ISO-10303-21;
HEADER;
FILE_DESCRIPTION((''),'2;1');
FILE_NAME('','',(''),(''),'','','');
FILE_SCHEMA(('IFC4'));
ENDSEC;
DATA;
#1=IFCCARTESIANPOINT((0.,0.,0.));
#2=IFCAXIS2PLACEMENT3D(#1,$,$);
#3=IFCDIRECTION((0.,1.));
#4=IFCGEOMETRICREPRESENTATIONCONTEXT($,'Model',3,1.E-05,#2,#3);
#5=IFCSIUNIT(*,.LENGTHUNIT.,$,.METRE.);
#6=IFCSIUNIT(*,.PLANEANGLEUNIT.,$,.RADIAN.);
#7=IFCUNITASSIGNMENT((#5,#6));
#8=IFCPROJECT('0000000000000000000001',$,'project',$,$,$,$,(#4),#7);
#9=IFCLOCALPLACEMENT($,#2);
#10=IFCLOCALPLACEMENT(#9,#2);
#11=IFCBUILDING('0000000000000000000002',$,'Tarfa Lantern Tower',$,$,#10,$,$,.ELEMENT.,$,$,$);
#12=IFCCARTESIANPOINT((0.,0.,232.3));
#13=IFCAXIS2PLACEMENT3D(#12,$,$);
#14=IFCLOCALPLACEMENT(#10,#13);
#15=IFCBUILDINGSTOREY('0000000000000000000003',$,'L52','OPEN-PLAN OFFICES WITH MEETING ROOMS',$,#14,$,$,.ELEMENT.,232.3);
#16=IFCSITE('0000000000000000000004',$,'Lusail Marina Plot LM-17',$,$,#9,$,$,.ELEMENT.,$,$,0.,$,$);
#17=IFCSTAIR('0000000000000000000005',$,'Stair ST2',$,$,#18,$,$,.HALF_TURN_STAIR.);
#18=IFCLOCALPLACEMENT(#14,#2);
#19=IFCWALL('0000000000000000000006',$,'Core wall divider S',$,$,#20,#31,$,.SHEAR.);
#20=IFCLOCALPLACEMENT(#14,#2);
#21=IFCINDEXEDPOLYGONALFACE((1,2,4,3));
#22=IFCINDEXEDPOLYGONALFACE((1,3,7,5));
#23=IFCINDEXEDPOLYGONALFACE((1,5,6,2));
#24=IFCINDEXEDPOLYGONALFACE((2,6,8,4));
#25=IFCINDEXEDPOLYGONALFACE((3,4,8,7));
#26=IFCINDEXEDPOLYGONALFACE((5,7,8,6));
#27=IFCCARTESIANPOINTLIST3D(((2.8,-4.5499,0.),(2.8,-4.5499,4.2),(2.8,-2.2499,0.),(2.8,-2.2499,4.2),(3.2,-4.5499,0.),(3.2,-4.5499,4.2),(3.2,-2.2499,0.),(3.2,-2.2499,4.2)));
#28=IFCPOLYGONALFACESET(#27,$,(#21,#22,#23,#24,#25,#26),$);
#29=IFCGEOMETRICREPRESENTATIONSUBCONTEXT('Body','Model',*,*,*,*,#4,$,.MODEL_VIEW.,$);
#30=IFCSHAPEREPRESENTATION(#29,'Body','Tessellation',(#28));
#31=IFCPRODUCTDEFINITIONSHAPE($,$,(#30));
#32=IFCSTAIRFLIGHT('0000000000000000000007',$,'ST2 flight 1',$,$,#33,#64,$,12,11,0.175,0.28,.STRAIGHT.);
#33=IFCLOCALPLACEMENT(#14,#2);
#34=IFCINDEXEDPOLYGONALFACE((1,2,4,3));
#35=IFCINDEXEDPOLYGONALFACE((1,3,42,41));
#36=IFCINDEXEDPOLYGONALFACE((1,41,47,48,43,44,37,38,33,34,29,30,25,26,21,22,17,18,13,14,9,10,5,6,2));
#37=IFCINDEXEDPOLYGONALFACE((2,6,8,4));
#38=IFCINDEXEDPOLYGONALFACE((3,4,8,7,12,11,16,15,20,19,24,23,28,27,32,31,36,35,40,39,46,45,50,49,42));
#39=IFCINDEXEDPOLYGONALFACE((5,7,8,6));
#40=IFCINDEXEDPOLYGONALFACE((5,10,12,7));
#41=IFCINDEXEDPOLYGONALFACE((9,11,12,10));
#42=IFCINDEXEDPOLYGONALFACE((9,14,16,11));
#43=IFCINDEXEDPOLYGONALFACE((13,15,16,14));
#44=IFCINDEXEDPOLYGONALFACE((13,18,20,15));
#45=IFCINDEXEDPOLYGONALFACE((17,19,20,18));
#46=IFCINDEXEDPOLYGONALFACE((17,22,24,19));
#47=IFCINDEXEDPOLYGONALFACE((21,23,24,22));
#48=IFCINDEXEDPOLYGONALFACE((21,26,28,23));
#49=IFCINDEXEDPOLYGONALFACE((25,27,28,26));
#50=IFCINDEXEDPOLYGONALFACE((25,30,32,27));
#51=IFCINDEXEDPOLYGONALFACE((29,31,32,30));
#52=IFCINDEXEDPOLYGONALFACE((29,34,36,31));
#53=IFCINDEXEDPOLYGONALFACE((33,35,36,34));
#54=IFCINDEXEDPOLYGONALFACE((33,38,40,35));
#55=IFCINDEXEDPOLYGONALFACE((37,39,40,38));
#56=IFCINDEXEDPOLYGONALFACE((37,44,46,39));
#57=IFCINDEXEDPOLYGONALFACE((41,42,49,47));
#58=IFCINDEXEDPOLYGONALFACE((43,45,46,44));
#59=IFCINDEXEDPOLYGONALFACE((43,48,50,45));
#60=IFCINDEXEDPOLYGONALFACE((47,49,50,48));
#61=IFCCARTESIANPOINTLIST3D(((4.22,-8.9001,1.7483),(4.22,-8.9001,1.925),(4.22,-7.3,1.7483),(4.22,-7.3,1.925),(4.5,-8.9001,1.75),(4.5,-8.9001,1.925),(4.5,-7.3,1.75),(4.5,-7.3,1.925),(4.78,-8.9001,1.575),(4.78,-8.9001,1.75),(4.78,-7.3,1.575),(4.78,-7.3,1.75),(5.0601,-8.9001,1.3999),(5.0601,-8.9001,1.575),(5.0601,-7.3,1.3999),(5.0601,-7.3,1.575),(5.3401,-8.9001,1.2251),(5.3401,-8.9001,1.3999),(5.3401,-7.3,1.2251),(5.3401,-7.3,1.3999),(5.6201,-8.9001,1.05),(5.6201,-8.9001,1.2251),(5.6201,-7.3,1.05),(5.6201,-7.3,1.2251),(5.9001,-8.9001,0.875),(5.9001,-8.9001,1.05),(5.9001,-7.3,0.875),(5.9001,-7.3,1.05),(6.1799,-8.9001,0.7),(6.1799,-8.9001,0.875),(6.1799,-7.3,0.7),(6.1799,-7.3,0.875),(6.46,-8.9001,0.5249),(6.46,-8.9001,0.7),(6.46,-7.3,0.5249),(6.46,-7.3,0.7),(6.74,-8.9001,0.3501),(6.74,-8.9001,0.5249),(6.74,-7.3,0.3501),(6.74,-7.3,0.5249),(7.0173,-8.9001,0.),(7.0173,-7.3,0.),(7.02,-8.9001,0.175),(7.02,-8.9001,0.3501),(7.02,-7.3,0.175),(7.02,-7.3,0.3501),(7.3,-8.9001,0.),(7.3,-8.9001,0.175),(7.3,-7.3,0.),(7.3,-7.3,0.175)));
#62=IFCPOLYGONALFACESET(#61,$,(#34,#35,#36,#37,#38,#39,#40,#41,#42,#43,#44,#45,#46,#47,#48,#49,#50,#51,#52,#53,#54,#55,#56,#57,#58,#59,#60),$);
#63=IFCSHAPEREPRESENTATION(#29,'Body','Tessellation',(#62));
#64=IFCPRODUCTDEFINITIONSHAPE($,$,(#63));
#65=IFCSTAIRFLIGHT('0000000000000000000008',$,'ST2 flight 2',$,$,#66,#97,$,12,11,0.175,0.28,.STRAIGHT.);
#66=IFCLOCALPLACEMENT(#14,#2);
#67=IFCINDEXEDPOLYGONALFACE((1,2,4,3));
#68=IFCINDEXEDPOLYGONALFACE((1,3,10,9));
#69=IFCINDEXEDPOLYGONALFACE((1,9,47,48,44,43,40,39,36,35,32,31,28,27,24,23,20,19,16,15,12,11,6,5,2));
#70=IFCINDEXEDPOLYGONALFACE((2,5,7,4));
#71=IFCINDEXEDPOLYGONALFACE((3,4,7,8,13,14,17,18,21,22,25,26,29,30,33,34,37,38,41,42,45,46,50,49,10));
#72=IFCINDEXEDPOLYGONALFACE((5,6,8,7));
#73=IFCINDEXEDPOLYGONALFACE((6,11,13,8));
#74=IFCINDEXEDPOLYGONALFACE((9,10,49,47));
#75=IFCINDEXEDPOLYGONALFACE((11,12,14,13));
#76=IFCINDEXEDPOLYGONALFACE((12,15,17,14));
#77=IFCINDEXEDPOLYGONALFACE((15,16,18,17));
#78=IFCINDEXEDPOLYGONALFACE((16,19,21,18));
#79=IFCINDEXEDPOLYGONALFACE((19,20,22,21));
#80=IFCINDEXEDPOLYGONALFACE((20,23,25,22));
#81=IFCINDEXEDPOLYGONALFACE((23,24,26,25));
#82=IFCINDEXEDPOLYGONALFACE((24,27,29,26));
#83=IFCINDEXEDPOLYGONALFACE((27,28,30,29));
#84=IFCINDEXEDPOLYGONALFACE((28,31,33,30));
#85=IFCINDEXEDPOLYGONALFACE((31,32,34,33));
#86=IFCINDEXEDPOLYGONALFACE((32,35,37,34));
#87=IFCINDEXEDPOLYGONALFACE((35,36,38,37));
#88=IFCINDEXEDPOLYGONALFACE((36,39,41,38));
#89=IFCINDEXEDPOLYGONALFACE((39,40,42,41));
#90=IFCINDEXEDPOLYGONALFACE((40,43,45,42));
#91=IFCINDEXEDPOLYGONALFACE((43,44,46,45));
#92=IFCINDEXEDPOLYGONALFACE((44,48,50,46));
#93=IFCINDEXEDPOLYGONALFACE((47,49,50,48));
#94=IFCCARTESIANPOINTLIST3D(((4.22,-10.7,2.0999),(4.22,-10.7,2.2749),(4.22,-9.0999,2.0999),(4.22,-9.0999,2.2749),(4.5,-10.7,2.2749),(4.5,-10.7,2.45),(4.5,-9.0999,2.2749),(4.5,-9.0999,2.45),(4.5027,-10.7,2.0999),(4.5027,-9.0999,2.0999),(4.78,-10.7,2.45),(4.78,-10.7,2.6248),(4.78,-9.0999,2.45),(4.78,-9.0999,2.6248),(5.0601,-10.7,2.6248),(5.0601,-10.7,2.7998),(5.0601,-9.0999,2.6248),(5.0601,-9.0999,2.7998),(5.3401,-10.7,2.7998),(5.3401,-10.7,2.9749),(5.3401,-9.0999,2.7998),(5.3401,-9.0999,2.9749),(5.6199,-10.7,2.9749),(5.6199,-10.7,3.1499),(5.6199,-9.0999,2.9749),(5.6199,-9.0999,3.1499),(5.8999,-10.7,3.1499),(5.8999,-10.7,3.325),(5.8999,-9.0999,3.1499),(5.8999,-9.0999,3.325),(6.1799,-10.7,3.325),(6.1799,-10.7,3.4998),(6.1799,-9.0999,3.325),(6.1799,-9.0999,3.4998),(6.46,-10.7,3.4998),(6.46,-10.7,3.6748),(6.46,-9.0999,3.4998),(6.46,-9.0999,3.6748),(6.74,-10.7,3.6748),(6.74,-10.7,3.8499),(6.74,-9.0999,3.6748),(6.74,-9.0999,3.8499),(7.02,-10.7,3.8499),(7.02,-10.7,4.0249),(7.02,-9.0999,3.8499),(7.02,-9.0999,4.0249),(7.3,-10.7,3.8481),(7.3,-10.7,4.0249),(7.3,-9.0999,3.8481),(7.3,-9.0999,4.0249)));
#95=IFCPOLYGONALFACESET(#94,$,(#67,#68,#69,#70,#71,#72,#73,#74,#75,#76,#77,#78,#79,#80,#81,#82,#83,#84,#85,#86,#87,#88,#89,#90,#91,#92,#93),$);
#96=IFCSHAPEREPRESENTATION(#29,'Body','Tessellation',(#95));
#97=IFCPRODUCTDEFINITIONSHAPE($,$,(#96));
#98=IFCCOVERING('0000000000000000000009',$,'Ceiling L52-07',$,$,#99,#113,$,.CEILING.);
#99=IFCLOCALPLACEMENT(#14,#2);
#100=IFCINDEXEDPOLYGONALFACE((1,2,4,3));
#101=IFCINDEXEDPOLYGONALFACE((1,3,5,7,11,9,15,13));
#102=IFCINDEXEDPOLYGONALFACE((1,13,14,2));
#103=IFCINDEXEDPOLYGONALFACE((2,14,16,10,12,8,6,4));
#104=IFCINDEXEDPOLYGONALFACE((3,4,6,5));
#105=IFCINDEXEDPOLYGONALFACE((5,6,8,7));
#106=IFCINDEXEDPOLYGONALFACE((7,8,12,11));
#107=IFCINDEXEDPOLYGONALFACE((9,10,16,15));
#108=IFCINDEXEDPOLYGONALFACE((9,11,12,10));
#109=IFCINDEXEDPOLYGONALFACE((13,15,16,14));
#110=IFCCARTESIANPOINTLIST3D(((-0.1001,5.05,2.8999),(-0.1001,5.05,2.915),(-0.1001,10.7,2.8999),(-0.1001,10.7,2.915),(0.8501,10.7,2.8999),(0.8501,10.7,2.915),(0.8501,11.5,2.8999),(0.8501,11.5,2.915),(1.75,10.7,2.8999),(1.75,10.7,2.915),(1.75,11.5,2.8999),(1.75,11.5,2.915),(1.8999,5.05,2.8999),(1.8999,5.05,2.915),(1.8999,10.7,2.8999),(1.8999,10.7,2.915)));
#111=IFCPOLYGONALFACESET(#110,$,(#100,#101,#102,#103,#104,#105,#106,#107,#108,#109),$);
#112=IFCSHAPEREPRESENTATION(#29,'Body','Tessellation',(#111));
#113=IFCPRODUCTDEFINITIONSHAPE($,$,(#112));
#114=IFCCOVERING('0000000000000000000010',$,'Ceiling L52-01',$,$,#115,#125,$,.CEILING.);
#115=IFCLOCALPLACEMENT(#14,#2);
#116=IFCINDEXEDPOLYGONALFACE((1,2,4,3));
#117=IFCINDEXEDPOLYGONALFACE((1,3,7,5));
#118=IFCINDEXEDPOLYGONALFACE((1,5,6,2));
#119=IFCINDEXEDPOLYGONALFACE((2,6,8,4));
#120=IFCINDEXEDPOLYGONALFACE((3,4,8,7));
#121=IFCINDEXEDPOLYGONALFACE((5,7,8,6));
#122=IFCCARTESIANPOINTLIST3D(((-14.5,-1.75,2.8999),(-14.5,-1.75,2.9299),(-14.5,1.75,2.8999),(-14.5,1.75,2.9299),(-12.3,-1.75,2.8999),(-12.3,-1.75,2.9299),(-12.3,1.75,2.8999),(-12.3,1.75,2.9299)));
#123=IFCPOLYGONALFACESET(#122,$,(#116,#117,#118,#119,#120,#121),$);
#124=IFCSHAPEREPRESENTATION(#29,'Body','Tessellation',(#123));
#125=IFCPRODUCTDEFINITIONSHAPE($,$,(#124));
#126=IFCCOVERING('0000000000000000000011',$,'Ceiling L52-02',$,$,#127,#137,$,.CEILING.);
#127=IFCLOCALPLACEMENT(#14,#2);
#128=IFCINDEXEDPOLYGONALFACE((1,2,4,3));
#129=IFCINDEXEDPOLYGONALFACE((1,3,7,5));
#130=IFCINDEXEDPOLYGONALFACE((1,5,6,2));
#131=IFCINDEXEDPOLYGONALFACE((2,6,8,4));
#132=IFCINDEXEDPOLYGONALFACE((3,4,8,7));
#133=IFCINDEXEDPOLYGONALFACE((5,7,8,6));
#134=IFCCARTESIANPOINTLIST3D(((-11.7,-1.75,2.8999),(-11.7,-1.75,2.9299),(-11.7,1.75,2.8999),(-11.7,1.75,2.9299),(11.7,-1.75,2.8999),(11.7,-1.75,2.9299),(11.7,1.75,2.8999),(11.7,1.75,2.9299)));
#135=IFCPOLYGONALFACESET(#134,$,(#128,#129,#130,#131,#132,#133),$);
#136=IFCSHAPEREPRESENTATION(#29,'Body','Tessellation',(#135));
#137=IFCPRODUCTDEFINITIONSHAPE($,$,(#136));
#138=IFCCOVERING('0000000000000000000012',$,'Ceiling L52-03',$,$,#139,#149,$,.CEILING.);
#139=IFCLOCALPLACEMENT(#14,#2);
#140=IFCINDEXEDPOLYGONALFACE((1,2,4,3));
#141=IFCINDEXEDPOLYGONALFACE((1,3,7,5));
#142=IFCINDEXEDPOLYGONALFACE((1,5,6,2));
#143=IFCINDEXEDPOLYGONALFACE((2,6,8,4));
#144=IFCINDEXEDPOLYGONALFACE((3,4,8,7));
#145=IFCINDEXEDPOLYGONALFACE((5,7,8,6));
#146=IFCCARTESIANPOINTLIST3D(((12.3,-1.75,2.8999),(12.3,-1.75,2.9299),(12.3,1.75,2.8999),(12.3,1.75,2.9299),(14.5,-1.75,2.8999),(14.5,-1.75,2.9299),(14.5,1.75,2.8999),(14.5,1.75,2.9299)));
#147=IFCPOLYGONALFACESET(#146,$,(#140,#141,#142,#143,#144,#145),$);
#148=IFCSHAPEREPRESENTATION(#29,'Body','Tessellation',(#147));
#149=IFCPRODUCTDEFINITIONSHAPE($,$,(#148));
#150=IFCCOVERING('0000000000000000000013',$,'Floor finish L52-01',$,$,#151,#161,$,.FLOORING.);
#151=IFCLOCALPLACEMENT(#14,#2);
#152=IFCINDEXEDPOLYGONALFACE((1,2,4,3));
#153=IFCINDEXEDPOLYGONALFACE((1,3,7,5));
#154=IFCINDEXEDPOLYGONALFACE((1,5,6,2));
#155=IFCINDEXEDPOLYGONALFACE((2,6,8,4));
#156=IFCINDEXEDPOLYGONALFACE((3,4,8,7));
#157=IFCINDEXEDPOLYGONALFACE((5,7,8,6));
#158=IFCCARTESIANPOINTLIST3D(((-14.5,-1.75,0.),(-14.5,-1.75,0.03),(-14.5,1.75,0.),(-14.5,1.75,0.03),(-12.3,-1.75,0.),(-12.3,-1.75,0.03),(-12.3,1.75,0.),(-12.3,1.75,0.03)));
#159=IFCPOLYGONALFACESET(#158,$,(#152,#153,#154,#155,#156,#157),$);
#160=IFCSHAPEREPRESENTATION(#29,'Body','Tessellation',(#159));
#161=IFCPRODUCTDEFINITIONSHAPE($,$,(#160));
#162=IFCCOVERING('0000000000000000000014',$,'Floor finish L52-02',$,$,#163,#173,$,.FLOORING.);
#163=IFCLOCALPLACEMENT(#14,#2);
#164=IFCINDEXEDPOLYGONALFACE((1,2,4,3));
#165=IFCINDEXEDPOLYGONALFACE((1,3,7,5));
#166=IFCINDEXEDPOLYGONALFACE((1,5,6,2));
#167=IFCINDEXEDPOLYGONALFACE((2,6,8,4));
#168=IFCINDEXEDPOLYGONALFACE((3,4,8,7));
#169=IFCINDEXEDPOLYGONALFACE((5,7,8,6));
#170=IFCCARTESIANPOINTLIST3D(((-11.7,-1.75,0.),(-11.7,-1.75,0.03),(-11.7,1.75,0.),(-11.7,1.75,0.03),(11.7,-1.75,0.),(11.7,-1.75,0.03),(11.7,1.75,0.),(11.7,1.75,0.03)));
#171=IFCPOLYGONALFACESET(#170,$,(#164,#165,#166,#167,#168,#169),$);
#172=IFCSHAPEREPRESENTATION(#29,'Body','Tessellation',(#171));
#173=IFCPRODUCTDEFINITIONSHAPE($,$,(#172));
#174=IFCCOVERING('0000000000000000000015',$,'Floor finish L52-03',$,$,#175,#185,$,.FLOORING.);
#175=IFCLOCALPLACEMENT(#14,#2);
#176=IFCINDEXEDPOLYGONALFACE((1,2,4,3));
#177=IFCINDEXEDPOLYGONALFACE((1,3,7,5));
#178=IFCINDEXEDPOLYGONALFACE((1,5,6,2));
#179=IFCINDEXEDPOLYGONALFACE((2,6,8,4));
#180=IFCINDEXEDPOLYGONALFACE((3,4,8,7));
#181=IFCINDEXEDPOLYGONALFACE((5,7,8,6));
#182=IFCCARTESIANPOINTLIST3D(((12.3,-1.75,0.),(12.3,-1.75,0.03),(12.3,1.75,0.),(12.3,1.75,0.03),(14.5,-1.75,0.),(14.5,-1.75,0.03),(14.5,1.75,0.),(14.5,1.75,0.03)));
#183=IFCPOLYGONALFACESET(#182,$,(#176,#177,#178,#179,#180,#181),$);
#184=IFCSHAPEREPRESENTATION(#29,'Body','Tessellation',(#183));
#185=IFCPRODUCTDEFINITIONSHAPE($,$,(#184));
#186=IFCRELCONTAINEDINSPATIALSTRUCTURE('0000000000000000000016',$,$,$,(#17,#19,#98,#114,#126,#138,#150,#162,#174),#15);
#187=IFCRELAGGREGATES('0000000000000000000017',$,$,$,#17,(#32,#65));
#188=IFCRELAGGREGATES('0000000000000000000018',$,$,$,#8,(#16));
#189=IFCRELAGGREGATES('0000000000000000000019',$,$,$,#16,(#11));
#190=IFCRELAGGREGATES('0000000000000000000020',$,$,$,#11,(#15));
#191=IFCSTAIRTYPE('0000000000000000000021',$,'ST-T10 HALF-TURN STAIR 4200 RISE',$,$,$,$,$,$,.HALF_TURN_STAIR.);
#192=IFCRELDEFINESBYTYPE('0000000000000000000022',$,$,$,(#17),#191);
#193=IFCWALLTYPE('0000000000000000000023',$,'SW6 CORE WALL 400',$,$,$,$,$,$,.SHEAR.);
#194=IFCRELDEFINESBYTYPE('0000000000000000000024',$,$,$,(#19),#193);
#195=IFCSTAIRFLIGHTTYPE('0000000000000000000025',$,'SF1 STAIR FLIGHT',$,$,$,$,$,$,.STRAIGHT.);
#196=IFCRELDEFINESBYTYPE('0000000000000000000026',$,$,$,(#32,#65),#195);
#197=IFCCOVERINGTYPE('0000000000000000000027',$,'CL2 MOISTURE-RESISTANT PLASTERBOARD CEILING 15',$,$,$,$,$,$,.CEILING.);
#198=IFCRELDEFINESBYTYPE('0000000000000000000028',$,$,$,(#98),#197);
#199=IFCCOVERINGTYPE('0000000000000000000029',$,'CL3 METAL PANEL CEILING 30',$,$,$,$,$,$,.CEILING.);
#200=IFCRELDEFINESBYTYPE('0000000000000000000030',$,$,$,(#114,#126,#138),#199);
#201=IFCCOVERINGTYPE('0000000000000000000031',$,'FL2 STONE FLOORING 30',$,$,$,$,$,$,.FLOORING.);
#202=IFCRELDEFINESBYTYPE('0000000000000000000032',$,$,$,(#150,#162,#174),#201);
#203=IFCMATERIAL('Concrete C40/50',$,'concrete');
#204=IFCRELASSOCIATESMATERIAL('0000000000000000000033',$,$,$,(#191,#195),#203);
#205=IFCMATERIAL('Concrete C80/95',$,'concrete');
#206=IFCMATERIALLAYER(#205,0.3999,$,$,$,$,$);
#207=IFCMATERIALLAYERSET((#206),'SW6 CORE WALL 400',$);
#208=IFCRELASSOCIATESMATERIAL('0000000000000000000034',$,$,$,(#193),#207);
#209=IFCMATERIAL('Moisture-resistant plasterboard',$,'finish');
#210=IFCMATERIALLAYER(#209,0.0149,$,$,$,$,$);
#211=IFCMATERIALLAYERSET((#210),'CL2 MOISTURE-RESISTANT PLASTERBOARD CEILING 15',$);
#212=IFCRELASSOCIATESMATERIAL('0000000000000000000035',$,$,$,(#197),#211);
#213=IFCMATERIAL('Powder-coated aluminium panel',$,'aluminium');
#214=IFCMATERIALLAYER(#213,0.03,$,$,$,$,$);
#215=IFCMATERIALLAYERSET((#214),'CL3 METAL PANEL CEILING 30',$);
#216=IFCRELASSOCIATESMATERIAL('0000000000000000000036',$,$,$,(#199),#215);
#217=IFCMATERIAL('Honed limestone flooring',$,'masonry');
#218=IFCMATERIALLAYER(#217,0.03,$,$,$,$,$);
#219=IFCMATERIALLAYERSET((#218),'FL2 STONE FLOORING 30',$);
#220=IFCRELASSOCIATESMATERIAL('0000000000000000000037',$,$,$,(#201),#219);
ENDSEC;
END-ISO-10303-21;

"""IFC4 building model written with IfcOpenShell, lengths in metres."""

from ifc_helpers import new_model, si_unit, direction, frame, frame_2d, origin, place, context, subcontext, project, spatial, polyline, rectangle, outline, extrude, material, layer, layer_set, type_object, element, aggregate, save


model = new_model("IFC4")

# Units and contexts
model_context = context("Model", 3, precision=1e-05, world=origin(), true_north=direction((0.0, 1.0)))
body_context = subcontext(model_context, "Body", "Model", "MODEL_VIEW")
ifc_project = project(units=[si_unit("LENGTHUNIT", "METRE"), si_unit("PLANEANGLEUNIT", "RADIAN")], contexts=[model_context])

# Site, building, storey
site_placement = place(None, origin())
site = spatial("IfcSite", under=ifc_project, at=site_placement, Name="Lusail Marina Plot LM-17", CompositionType="ELEMENT", RefElevation=0.0)
building_placement = place(site_placement, origin())
building = spatial("IfcBuilding", under=site, at=building_placement, Name="Tarfa Lantern Tower", CompositionType="ELEMENT")
storey_placement = place(building_placement, frame((0.0, 0.0, 232.3)))
storey = spatial("IfcBuildingStorey", under=building, at=storey_placement, Name="L52", Description="OPEN-PLAN OFFICES WITH MEETING ROOMS", CompositionType="ELEMENT", Elevation=232.3)

# Stair
ifc_material_1 = material(Name="Concrete C40/50", Category="concrete")
stair_type = type_object("IfcStairType", Name="ST-T10 HALF-TURN STAIR 4200 RISE", PredefinedType="HALF_TURN_STAIR", material=ifc_material_1)
stair_1_placement = place(storey_placement, origin())
stair_1 = element("IfcStair", 1, at=stair_1_placement, inside=storey, type_object=stair_type, Name="Stair ST2", PredefinedType="HALF_TURN_STAIR")

# Shared definitions
ifc_material_2 = material(Name="Concrete C80/95", Category="concrete")

# Wall
ifc_layer_1 = layer(ifc_material_2, 0.3999)
ifc_layer_set_1 = layer_set([ifc_layer_1], Name="SW6 CORE WALL 400")
wall_type_1 = type_object("IfcWallType", Name="SW6 CORE WALL 400", PredefinedType="SHEAR", material=ifc_layer_set_1)
for number, where, z_axis, x_axis, name in (
    (2, (3.0, -2.25, 0.0), (0.0, 0.0, 1.0), (0.0, -1.0, 0.0), "Core wall divider S"),
):
    element("IfcWall", number, at=place(storey_placement, frame(where, z_axis=z_axis, x_axis=x_axis)), inside=storey, type_object=wall_type_1, Name=name, PredefinedType="SHEAR", context=body_context, shape_type="SweptSolid", body=[
        extrude(rectangle(XDim=2.3, YDim=0.3999, at=frame_2d((1.1499, 0.0))), origin(), (0.0, 0.0, 1.0), 4.2),
    ])

# Stair flights
stair_flight_type = type_object("IfcStairFlightType", Name="SF1 STAIR FLIGHT", PredefinedType="STRAIGHT", material=ifc_material_1)
stair_flight_1_placement = place(storey_placement, frame((7.3, -8.1001, 0.0), z_axis=(0.0, 0.0, 1.0), x_axis=(-1.0, 0.0, 0.0)))
stair_flight_1 = element("IfcStairFlight", 3, at=stair_flight_1_placement, type_object=stair_flight_type, Name="ST2 flight 1", NumberOfRisers=12, NumberOfTreads=11, PredefinedType="STRAIGHT", RiserHeight=0.175, TreadLength=0.28, context=body_context, shape_type="SweptSolid", body=[
    extrude(outline(polyline([(0.0, 0.0), (0.0, 0.175), (0.28, 0.175), (0.28, 0.3501), (0.5601, 0.3501), (0.5601, 0.5249), (0.8401, 0.5249), (0.8401, 0.7), (1.1201, 0.7), (1.1201, 0.875), (1.3999, 0.875), (1.3999, 1.05), (1.6799, 1.05), (1.6799, 1.2251), (1.96, 1.2251), (1.96, 1.3999), (2.24, 1.3999), (2.24, 1.575), (2.52, 1.575), (2.52, 1.75), (2.8, 1.75), (2.8, 1.925), (3.0801, 1.925), (3.0801, 2.1001), (3.0801, 1.7483), (0.2827, 0.0), (0.0, 0.0)])), frame((0.0, 0.8, 0.0), z_axis=(0.0, -1.0, 0.0), x_axis=(1.0, 0.0, 0.0)), (0.0, 0.0, 1.0), 1.6001),
])
stair_flight_2_placement = place(storey_placement, frame((4.22, -9.8999, 2.0999), z_axis=(0.0, 0.0, 1.0), x_axis=(1.0, 0.0, 0.0)))
stair_flight_2 = element("IfcStairFlight", 4, at=stair_flight_2_placement, type_object=stair_flight_type, Name="ST2 flight 2", NumberOfRisers=12, NumberOfTreads=11, PredefinedType="STRAIGHT", RiserHeight=0.175, TreadLength=0.28, context=body_context, shape_type="SweptSolid", body=[
    extrude(outline(polyline([(0.0, 0.0), (0.0, 0.175), (0.28, 0.175), (0.28, 0.3501), (0.5601, 0.3501), (0.5601, 0.5249), (0.8401, 0.5249), (0.8401, 0.7), (1.1201, 0.7), (1.1201, 0.875), (1.3999, 0.875), (1.3999, 1.05), (1.6799, 1.05), (1.6799, 1.2251), (1.96, 1.2251), (1.96, 1.3999), (2.24, 1.3999), (2.24, 1.575), (2.52, 1.575), (2.52, 1.75), (2.8, 1.75), (2.8, 1.925), (3.0801, 1.925), (3.0801, 2.1001), (3.0801, 1.7483), (0.2827, 0.0), (0.0, 0.0)])), frame((0.0, 0.8, 0.0), z_axis=(0.0, -1.0, 0.0), x_axis=(1.0, 0.0, 0.0)), (0.0, 0.0, 1.0), 1.6001),
])
aggregate(stair_1, [stair_flight_1, stair_flight_2])

# Coverings
ifc_material_3 = material(Name="Moisture-resistant plasterboard", Category="finish")
ifc_layer_2 = layer(ifc_material_3, 0.0149)
ifc_layer_set_2 = layer_set([ifc_layer_2], Name="CL2 MOISTURE-RESISTANT PLASTERBOARD CEILING 15")
covering_type_1 = type_object("IfcCoveringType", Name="CL2 MOISTURE-RESISTANT PLASTERBOARD CEILING 15", PredefinedType="CEILING", material=ifc_layer_set_2)
covering_1_placement = place(storey_placement, frame((0.0, 0.0, 2.8999)))
element("IfcCovering", 5, at=covering_1_placement, inside=storey, type_object=covering_type_1, Name="Ceiling L52-07", PredefinedType="CEILING", context=body_context, shape_type="SweptSolid", body=[
    extrude(outline(polyline([(0.8501, 10.7), (-0.1001, 10.7), (-0.1001, 5.05), (1.8999, 5.05), (1.8999, 10.7), (1.75, 10.7), (1.75, 11.5), (1.75, 11.5), (0.8501, 11.5), (0.8501, 10.7)])), origin(), (0.0, 0.0, 1.0), 0.0151),
])
ifc_material_4 = material(Name="Powder-coated aluminium panel", Category="aluminium")
ifc_layer_3 = layer(ifc_material_4, 0.03)
ifc_layer_set_3 = layer_set([ifc_layer_3], Name="CL3 METAL PANEL CEILING 30")
covering_type_2 = type_object("IfcCoveringType", Name="CL3 METAL PANEL CEILING 30", PredefinedType="CEILING", material=ifc_layer_set_3)
covering_2_placement = place(storey_placement, frame((0.0, 0.0, 2.8999)))
element("IfcCovering", 6, at=covering_2_placement, inside=storey, type_object=covering_type_2, Name="Ceiling L52-01", PredefinedType="CEILING", context=body_context, shape_type="SweptSolid", body=[
    extrude(outline(polyline([(-14.5, -1.75), (-12.3, -1.75), (-12.3, 1.75), (-14.5, 1.75), (-14.5, -1.75)])), origin(), (0.0, 0.0, 1.0), 0.03),
])
covering_3_placement = place(storey_placement, frame((0.0, 0.0, 2.8999)))
element("IfcCovering", 7, at=covering_3_placement, inside=storey, type_object=covering_type_2, Name="Ceiling L52-02", PredefinedType="CEILING", context=body_context, shape_type="SweptSolid", body=[
    extrude(outline(polyline([(-11.7, -1.75), (11.7, -1.75), (11.7, 1.75), (-11.7, 1.75), (-11.7, -1.75)])), origin(), (0.0, 0.0, 1.0), 0.03),
])
covering_4_placement = place(storey_placement, frame((0.0, 0.0, 2.8999)))
element("IfcCovering", 8, at=covering_4_placement, inside=storey, type_object=covering_type_2, Name="Ceiling L52-03", PredefinedType="CEILING", context=body_context, shape_type="SweptSolid", body=[
    extrude(outline(polyline([(12.3, -1.75), (14.5, -1.75), (14.5, 1.75), (12.3, 1.75), (12.3, -1.75)])), origin(), (0.0, 0.0, 1.0), 0.03),
])
ifc_material_5 = material(Name="Honed limestone flooring", Category="masonry")
ifc_layer_4 = layer(ifc_material_5, 0.03)
ifc_layer_set_4 = layer_set([ifc_layer_4], Name="FL2 STONE FLOORING 30")
covering_type_3 = type_object("IfcCoveringType", Name="FL2 STONE FLOORING 30", PredefinedType="FLOORING", material=ifc_layer_set_4)
covering_5_placement = place(storey_placement, origin())
element("IfcCovering", 9, at=covering_5_placement, inside=storey, type_object=covering_type_3, Name="Floor finish L52-01", PredefinedType="FLOORING", context=body_context, shape_type="SweptSolid", body=[
    extrude(outline(polyline([(-14.5, -1.75), (-12.3, -1.75), (-12.3, 1.75), (-14.5, 1.75), (-14.5, -1.75)])), origin(), (0.0, 0.0, 1.0), 0.03),
])
covering_6_placement = place(storey_placement, origin())
element("IfcCovering", 10, at=covering_6_placement, inside=storey, type_object=covering_type_3, Name="Floor finish L52-02", PredefinedType="FLOORING", context=body_context, shape_type="SweptSolid", body=[
    extrude(outline(polyline([(-11.7, -1.75), (11.7, -1.75), (11.7, 1.75), (-11.7, 1.75), (-11.7, -1.75)])), origin(), (0.0, 0.0, 1.0), 0.03),
])
covering_7_placement = place(storey_placement, origin())
element("IfcCovering", 11, at=covering_7_placement, inside=storey, type_object=covering_type_3, Name="Floor finish L52-03", PredefinedType="FLOORING", context=body_context, shape_type="SweptSolid", body=[
    extrude(outline(polyline([(12.3, -1.75), (14.5, -1.75), (14.5, 1.75), (12.3, 1.75), (12.3, -1.75)])), origin(), (0.0, 0.0, 1.0), 0.03),
])

save(model, "model.ifc")
